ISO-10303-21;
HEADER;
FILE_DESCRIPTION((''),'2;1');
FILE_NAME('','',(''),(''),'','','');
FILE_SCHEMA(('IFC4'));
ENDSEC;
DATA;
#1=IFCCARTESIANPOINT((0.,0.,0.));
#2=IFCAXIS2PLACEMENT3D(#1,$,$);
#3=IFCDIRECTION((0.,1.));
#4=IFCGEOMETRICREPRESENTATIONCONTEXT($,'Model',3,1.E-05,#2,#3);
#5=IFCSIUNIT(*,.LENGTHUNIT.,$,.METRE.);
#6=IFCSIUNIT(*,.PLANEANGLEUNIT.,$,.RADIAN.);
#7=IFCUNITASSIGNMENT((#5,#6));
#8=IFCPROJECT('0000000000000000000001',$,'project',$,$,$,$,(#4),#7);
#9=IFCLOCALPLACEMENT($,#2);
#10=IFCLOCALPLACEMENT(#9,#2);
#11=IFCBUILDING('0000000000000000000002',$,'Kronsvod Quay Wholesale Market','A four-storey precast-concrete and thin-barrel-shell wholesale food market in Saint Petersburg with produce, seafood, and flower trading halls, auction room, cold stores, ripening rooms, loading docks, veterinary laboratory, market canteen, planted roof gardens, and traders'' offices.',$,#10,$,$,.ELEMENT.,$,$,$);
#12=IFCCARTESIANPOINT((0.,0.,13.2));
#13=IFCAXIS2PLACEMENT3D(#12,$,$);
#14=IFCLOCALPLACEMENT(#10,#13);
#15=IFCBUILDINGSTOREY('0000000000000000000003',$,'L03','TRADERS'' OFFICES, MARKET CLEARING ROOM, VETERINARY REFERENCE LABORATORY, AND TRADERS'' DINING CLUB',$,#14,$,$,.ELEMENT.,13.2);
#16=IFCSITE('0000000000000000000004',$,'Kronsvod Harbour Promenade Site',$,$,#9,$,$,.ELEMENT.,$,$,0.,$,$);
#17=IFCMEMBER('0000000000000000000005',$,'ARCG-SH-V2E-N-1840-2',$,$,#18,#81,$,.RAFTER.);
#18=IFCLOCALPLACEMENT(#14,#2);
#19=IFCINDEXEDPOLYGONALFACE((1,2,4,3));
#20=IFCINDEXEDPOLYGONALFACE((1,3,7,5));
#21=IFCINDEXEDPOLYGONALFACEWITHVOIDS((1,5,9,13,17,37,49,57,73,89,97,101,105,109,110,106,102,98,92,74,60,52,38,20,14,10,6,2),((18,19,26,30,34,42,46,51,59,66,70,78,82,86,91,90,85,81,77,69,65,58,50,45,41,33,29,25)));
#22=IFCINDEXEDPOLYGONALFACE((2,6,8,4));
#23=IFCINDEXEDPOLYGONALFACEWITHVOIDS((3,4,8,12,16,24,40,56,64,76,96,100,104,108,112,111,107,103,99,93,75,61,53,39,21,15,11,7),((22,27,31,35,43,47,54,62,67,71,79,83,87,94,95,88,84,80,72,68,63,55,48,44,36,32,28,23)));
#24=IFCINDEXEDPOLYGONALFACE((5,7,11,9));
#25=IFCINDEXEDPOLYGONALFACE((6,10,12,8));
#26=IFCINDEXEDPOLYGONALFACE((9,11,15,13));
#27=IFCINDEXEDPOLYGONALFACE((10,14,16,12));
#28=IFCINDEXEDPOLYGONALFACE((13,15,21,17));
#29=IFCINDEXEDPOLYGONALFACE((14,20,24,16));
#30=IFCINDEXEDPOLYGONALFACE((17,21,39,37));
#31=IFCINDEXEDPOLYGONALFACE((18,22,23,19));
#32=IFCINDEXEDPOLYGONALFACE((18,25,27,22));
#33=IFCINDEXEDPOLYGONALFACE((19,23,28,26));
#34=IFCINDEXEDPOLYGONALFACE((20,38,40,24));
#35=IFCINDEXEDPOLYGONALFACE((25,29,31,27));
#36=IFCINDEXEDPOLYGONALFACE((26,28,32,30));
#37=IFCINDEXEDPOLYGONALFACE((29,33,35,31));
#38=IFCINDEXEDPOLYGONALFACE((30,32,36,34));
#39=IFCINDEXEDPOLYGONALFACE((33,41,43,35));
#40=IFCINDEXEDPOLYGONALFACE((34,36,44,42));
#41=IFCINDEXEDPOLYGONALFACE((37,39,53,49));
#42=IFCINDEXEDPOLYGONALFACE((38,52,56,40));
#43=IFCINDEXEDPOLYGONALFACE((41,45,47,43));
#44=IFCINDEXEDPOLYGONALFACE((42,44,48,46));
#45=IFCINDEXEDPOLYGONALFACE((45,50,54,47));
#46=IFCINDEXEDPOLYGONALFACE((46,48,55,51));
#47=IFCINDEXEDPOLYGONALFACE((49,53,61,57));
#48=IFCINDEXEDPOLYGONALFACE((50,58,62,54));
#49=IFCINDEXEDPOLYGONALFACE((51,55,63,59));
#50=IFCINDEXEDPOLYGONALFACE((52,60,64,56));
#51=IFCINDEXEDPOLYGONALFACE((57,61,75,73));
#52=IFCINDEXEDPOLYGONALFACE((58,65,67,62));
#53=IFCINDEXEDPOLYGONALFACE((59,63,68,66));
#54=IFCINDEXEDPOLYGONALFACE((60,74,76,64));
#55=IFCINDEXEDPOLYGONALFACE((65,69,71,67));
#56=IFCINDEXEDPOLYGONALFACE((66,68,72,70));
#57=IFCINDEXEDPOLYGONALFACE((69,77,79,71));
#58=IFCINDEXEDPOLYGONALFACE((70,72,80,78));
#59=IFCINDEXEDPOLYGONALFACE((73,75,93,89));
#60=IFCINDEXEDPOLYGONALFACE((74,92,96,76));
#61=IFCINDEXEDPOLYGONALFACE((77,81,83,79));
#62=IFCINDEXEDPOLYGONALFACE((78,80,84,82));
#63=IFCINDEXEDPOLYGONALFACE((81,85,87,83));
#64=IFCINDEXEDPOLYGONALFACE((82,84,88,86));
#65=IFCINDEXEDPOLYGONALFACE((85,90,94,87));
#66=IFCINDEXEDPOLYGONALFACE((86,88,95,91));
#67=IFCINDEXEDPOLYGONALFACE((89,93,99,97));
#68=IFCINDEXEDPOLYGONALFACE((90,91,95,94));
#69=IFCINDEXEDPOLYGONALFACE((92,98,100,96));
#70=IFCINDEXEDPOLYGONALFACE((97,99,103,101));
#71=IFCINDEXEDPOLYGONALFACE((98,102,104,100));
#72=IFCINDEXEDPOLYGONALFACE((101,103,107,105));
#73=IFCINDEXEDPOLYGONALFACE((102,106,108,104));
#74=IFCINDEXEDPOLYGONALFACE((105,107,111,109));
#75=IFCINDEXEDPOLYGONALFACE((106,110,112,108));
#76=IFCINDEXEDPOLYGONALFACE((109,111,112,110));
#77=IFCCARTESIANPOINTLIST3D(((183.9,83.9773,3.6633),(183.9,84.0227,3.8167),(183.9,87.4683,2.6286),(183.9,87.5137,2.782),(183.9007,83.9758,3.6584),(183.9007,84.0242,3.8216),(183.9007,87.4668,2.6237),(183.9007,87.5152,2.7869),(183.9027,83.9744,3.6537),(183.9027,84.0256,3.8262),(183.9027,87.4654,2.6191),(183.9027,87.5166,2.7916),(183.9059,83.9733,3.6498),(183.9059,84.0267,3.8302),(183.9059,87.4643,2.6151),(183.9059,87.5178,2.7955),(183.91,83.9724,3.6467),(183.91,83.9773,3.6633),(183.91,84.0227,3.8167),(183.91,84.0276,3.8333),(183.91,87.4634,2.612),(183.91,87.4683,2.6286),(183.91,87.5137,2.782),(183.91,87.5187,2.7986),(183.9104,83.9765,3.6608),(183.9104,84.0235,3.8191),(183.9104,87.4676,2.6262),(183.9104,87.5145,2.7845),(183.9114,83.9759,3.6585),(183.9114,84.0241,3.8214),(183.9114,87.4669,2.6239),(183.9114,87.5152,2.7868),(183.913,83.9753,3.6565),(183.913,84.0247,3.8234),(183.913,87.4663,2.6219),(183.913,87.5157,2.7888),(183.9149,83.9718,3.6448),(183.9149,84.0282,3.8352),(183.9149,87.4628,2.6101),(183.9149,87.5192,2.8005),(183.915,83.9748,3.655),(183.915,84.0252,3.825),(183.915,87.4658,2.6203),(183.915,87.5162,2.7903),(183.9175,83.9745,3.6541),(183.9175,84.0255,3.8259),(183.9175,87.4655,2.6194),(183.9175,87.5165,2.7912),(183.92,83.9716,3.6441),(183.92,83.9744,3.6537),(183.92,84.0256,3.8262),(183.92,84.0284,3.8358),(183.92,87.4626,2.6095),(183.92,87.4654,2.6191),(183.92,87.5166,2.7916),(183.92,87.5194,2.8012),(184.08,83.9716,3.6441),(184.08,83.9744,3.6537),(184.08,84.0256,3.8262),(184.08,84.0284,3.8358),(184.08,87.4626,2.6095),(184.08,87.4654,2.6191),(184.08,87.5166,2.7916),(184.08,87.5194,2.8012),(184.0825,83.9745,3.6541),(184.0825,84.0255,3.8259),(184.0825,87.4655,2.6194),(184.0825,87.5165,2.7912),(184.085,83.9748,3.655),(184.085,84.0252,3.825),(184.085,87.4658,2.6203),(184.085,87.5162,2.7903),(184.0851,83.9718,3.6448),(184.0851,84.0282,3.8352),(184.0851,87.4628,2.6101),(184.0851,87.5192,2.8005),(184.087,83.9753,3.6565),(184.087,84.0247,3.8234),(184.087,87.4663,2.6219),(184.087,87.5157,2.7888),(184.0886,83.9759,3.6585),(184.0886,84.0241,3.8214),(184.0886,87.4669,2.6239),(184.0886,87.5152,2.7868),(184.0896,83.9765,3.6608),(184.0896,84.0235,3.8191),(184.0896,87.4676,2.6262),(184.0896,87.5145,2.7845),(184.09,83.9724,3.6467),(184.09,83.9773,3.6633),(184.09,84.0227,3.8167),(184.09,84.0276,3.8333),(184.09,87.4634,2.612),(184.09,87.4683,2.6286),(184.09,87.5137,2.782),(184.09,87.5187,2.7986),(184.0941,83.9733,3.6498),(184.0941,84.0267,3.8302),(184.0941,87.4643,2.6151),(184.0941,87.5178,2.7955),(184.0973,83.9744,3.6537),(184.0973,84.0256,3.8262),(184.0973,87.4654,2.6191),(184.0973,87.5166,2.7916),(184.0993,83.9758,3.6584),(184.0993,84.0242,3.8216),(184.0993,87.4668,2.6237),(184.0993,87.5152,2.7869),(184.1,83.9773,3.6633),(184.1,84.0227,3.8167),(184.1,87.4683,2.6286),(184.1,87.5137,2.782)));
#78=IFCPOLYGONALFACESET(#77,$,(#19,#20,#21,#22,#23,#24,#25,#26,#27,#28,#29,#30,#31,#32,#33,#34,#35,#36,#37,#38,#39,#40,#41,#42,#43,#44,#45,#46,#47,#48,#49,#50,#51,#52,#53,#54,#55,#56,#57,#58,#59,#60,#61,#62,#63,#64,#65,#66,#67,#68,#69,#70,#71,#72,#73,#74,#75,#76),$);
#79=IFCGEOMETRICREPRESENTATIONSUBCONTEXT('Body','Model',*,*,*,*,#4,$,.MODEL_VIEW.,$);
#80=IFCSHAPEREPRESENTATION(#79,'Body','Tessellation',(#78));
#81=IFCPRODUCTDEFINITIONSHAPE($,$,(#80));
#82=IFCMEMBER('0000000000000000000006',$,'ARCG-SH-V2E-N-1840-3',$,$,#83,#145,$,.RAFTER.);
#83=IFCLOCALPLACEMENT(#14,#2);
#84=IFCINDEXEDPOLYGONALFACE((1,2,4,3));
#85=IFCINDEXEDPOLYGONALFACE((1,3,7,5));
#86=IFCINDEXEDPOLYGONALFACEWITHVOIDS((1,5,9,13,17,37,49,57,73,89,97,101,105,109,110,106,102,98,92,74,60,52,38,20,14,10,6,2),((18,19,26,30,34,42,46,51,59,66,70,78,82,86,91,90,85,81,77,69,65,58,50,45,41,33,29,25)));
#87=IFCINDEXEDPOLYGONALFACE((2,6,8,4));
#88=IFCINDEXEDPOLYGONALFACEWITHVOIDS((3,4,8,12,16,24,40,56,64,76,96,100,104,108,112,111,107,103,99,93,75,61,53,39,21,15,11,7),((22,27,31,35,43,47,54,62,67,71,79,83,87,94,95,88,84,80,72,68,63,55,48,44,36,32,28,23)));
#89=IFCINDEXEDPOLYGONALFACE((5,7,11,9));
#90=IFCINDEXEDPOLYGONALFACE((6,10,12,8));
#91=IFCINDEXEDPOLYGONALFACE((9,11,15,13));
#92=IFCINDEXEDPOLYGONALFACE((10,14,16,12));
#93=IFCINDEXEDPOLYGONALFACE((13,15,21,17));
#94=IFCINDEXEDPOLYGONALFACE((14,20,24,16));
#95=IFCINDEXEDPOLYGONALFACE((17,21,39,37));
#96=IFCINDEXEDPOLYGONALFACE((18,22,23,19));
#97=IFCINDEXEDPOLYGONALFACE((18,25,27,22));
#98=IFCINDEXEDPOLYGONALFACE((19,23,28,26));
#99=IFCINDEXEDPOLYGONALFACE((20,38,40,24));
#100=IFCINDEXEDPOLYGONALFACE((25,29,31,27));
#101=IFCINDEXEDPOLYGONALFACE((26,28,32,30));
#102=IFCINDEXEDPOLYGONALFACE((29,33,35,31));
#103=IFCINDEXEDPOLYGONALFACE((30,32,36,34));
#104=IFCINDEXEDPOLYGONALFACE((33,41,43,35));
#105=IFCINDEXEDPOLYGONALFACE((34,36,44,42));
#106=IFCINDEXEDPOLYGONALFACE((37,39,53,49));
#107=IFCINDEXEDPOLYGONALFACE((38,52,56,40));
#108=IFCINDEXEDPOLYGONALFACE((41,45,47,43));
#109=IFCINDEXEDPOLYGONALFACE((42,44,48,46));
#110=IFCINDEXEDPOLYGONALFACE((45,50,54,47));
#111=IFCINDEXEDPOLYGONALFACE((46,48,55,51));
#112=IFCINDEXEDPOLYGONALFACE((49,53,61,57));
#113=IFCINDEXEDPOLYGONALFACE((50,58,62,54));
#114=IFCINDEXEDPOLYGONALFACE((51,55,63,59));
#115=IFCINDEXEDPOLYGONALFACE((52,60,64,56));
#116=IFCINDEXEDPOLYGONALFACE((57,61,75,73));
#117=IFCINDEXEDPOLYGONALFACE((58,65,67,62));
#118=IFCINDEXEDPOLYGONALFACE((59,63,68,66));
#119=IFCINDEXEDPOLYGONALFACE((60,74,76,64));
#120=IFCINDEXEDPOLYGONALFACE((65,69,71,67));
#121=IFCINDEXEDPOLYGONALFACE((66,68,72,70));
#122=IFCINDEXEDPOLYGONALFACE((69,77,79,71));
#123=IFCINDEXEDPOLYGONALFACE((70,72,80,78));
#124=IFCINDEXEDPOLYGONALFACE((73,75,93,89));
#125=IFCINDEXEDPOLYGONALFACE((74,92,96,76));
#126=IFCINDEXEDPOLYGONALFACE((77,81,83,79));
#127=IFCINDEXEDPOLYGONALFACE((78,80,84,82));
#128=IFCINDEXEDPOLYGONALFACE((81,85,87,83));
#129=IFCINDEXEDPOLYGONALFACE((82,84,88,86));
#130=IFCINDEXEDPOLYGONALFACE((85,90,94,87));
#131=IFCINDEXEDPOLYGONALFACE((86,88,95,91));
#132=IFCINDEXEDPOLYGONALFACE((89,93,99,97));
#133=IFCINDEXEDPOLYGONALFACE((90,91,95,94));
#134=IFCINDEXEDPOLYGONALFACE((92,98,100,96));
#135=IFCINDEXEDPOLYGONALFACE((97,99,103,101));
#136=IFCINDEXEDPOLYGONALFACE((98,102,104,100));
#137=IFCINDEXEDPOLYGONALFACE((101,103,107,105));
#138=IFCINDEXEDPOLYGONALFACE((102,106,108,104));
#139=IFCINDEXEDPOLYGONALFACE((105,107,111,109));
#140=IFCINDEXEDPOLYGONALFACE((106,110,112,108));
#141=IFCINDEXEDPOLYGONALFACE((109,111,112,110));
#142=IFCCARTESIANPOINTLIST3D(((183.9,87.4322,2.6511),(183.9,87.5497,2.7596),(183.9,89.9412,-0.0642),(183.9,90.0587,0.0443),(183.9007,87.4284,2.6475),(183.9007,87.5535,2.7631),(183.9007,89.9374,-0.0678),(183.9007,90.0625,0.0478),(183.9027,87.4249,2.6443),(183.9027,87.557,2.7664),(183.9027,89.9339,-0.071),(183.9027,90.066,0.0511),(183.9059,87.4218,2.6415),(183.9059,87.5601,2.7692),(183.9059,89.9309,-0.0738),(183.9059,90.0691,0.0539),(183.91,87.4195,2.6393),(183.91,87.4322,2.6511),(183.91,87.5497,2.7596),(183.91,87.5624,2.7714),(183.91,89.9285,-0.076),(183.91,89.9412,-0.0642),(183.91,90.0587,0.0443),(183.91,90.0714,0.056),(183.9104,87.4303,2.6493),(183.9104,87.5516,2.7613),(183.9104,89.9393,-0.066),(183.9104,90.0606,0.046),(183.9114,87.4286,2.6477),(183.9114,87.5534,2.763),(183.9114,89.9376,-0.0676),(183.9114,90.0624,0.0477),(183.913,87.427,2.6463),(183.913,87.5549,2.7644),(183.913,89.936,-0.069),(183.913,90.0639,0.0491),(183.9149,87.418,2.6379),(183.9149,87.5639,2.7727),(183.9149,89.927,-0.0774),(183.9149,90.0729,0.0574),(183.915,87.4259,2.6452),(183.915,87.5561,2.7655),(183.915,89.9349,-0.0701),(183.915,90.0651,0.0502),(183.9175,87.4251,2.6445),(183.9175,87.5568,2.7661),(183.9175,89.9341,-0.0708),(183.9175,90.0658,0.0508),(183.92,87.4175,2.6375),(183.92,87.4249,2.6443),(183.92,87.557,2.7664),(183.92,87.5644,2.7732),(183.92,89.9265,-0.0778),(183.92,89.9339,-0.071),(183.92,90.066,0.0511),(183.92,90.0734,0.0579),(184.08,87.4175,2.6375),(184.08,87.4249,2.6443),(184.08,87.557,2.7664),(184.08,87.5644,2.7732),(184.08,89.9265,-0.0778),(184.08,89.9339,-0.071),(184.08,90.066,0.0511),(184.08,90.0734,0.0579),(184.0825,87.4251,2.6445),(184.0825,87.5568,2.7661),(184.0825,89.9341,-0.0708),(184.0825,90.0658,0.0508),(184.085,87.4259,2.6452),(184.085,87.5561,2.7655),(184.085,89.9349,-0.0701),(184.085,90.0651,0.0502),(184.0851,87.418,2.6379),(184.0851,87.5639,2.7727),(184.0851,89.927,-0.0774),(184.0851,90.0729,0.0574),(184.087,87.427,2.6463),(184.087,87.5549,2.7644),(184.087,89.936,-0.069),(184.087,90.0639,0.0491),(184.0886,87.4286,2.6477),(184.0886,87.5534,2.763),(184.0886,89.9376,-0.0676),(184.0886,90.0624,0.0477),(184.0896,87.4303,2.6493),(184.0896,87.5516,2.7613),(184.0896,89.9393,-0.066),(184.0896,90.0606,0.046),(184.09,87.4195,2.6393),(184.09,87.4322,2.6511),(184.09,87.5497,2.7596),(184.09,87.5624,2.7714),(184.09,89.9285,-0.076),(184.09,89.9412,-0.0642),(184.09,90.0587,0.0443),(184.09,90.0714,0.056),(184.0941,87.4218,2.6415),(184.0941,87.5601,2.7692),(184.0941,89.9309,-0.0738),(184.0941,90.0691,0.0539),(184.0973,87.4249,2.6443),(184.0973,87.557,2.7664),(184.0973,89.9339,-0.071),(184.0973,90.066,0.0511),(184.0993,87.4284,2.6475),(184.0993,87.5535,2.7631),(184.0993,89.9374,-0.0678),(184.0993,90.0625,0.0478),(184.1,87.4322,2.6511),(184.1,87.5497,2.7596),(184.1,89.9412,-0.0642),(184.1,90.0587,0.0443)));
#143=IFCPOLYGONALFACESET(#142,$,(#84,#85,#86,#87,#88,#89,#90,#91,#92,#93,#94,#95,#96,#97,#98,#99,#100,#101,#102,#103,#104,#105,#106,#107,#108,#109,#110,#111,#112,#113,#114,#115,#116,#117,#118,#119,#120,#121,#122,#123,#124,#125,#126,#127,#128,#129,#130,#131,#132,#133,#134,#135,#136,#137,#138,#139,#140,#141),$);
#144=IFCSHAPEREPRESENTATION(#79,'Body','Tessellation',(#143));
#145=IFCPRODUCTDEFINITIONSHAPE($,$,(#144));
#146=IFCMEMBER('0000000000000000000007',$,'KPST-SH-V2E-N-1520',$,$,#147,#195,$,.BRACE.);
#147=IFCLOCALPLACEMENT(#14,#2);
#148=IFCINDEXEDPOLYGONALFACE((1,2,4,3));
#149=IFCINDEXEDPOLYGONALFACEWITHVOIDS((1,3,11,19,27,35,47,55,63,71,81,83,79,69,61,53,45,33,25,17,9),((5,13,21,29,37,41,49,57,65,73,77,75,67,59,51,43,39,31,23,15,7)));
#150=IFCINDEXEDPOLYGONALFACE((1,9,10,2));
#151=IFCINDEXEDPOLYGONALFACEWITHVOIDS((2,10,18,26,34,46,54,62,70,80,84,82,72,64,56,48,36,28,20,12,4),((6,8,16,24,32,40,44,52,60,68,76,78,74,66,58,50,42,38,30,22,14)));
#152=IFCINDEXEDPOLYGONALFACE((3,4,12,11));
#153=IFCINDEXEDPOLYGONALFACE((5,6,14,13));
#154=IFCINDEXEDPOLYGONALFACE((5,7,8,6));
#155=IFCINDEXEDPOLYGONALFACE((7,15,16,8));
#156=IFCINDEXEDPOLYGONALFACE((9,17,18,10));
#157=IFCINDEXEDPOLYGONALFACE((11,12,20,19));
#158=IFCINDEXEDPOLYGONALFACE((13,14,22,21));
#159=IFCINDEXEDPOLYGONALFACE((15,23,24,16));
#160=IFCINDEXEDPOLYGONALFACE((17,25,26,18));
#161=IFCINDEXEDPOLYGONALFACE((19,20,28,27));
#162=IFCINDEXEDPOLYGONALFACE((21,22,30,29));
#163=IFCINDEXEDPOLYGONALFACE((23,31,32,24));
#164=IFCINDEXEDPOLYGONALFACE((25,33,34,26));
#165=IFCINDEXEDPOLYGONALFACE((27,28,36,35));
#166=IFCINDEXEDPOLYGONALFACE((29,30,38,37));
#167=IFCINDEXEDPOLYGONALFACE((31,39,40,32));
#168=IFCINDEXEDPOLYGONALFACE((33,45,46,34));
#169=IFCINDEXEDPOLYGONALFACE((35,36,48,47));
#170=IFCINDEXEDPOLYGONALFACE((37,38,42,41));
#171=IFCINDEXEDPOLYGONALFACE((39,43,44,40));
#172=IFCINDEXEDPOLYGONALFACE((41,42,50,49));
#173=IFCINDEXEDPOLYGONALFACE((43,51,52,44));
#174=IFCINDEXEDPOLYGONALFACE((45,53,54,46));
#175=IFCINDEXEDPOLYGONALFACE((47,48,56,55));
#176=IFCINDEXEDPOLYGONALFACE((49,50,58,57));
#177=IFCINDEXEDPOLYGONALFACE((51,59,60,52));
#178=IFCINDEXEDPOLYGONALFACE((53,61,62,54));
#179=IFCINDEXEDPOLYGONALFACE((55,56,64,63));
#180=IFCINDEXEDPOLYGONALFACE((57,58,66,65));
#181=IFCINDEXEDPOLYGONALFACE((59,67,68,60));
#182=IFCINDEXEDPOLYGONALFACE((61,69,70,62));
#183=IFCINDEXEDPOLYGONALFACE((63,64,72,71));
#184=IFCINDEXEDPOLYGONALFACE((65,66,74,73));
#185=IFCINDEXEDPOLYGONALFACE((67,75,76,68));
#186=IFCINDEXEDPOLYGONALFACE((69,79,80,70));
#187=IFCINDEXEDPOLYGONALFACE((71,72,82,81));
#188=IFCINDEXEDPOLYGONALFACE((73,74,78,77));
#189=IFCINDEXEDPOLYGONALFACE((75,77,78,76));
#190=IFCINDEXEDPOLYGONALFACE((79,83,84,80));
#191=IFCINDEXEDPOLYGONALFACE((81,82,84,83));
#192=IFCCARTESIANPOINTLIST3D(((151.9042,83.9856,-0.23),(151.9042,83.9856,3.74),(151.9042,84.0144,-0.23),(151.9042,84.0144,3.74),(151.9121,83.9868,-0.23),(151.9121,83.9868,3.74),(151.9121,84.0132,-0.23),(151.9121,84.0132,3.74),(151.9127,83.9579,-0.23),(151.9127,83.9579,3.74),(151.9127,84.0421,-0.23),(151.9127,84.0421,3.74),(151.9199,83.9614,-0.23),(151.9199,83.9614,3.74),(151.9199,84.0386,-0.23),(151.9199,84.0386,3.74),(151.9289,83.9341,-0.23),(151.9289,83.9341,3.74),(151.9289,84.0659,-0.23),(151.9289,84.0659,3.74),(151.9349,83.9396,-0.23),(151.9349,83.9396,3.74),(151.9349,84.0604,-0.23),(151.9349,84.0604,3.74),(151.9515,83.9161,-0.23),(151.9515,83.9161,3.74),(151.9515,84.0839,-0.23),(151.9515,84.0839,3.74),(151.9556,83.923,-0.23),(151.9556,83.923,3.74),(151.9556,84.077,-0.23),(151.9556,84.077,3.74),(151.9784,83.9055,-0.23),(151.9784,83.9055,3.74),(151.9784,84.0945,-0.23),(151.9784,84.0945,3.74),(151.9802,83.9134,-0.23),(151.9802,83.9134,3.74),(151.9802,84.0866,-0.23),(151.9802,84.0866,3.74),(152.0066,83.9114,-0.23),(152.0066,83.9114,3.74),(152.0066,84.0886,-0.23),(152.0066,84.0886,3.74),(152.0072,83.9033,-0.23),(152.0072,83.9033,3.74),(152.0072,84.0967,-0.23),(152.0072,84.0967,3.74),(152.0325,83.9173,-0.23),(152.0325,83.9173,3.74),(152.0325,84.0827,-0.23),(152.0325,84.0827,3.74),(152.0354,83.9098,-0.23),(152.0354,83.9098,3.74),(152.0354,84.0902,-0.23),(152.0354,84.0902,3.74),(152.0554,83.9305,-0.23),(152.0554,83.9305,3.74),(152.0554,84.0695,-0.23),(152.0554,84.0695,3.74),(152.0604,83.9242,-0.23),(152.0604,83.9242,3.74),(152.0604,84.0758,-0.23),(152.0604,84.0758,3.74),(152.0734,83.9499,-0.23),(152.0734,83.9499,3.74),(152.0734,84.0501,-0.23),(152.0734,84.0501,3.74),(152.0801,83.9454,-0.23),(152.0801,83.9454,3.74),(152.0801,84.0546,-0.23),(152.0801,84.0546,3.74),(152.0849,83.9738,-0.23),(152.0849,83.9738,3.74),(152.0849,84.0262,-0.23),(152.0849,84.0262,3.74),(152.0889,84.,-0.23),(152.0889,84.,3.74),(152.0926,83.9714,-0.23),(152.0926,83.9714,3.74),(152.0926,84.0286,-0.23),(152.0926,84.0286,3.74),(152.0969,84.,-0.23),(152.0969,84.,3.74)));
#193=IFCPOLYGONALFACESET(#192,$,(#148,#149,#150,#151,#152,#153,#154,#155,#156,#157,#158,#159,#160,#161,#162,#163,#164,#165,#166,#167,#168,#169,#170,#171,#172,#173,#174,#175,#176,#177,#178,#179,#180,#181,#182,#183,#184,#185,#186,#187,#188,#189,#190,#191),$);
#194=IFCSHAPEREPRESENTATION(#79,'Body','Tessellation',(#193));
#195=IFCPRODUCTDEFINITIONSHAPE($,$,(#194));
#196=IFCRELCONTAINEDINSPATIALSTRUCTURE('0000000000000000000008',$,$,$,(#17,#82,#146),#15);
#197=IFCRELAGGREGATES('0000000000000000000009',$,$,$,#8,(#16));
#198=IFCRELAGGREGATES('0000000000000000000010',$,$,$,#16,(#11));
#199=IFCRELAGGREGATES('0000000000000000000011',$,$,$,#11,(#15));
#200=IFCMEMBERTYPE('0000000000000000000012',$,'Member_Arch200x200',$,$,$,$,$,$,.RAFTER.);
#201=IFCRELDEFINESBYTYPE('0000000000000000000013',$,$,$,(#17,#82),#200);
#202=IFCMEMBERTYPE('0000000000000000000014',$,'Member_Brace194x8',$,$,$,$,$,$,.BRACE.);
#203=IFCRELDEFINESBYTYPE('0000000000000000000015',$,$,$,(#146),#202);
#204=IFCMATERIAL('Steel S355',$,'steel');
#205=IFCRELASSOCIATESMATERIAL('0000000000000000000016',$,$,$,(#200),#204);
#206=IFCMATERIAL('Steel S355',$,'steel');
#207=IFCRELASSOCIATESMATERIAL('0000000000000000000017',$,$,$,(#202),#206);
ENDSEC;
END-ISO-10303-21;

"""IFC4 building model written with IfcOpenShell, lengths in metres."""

from ifc_helpers import new_model, si_unit, direction, frame, origin, origin_2d, place, context, subcontext, project, spatial, hollow_rectangle, hollow_circle, extrude, material, material_profile, profile_set, type_object, element, save


model = new_model("IFC4")

# Units and contexts
model_context = context("Model", 3, precision=1e-05, world=origin(), true_north=direction((0.0, 1.0)))
body_context = subcontext(model_context, "Body", "Model", "MODEL_VIEW")
ifc_project = project(units=[si_unit("LENGTHUNIT", "METRE"), si_unit("PLANEANGLEUNIT", "RADIAN")], contexts=[model_context])

# Site, building, storey
site_placement = place(None, origin())
site = spatial("IfcSite", under=ifc_project, at=site_placement, Name="Kronsvod Harbour Promenade Site", CompositionType="ELEMENT", RefElevation=0.0)
building_placement = place(site_placement, origin())
building = spatial("IfcBuilding", under=site, at=building_placement, Name="Kronsvod Quay Wholesale Market", Description="A four-storey precast-concrete and thin-barrel-shell wholesale food market in Saint Petersburg with produce, seafood, and flower trading halls, auction room, cold stores, ripening rooms, loading docks, veterinary laboratory, market canteen, planted roof gardens, and traders' offices.", CompositionType="ELEMENT")
storey_placement = place(building_placement, frame((0.0, 0.0, 13.2)))
storey = spatial("IfcBuildingStorey", under=building, at=storey_placement, Name="L03", Description="TRADERS' OFFICES, MARKET CLEARING ROOM, VETERINARY REFERENCE LABORATORY, AND TRADERS' DINING CLUB", CompositionType="ELEMENT", Elevation=13.2)

# Members
ifc_material_1 = material(Name="Steel S355", Category="steel")
ifc_material_profile_1 = material_profile(ifc_material_1, hollow_rectangle(XDim=0.2, YDim=0.2, WallThickness=0.01, InnerFilletRadius=0.01, OuterFilletRadius=0.02, at=origin_2d()), Name="RHS200x200x10")
ifc_profile_set_1 = profile_set([ifc_material_profile_1], Name="Steel S355")
member_type_1 = type_object("IfcMemberType", Name="Member_Arch200x200", PredefinedType="RAFTER", material=ifc_profile_set_1)
for number, where, z_axis, x_axis, name in (
    (1, (184.0, 84.0, 3.74), (0.0, 0.958775, -0.284166), (-1.0, 0.0, 0.0), "ARCG-SH-V2E-N-1840-2"),
):
    element("IfcMember", number, at=place(storey_placement, frame(where, z_axis=z_axis, x_axis=x_axis)), inside=storey, type_object=member_type_1, Name=name, PredefinedType="RAFTER", context=body_context, shape_type="SweptSolid", body=[
        extrude(hollow_rectangle(XDim=0.2, YDim=0.2, WallThickness=0.01, InnerFilletRadius=0.01, OuterFilletRadius=0.02, at=origin_2d()), origin(), (0.0, 0.0, 1.0), 3.6411),
    ])
member_1_placement = place(storey_placement, frame((184.0, 87.491, 2.7053), z_axis=(0.0, 0.678656, -0.734456), x_axis=(-1.0, 0.0, 0.0)))
element("IfcMember", 2, at=member_1_placement, inside=storey, type_object=member_type_1, Name="ARCG-SH-V2E-N-1840-3", PredefinedType="RAFTER", context=body_context, shape_type="SweptSolid", body=[
    extrude(hollow_rectangle(XDim=0.2, YDim=0.2, WallThickness=0.01, InnerFilletRadius=0.01, OuterFilletRadius=0.02, at=origin_2d()), origin(), (0.0, 0.0, 1.0), 3.697),
])
ifc_material_2 = material(Name="Steel S355", Category="steel")
ifc_material_profile_2 = material_profile(ifc_material_2, hollow_circle(Radius=0.0969, WallThickness=0.0081, at=origin_2d()), Name="CHS194x8")
ifc_profile_set_2 = profile_set([ifc_material_profile_2], Name="Steel S355")
member_type_2 = type_object("IfcMemberType", Name="Member_Brace194x8", PredefinedType="BRACE", material=ifc_profile_set_2)
for number, where, z_axis, x_axis, name in (
    (3, (152.0, 84.0, -0.23), (0.0, 0.0, 1.0), (1.0, 0.0, 0.0), "KPST-SH-V2E-N-1520"),
):
    element("IfcMember", number, at=place(storey_placement, frame(where, z_axis=z_axis, x_axis=x_axis)), inside=storey, type_object=member_type_2, Name=name, PredefinedType="BRACE", context=body_context, shape_type="SweptSolid", body=[
        extrude(hollow_circle(Radius=0.0969, WallThickness=0.0081, at=origin_2d()), origin(), (0.0, 0.0, 1.0), 3.97),
    ])

save(model, "model.ifc")
